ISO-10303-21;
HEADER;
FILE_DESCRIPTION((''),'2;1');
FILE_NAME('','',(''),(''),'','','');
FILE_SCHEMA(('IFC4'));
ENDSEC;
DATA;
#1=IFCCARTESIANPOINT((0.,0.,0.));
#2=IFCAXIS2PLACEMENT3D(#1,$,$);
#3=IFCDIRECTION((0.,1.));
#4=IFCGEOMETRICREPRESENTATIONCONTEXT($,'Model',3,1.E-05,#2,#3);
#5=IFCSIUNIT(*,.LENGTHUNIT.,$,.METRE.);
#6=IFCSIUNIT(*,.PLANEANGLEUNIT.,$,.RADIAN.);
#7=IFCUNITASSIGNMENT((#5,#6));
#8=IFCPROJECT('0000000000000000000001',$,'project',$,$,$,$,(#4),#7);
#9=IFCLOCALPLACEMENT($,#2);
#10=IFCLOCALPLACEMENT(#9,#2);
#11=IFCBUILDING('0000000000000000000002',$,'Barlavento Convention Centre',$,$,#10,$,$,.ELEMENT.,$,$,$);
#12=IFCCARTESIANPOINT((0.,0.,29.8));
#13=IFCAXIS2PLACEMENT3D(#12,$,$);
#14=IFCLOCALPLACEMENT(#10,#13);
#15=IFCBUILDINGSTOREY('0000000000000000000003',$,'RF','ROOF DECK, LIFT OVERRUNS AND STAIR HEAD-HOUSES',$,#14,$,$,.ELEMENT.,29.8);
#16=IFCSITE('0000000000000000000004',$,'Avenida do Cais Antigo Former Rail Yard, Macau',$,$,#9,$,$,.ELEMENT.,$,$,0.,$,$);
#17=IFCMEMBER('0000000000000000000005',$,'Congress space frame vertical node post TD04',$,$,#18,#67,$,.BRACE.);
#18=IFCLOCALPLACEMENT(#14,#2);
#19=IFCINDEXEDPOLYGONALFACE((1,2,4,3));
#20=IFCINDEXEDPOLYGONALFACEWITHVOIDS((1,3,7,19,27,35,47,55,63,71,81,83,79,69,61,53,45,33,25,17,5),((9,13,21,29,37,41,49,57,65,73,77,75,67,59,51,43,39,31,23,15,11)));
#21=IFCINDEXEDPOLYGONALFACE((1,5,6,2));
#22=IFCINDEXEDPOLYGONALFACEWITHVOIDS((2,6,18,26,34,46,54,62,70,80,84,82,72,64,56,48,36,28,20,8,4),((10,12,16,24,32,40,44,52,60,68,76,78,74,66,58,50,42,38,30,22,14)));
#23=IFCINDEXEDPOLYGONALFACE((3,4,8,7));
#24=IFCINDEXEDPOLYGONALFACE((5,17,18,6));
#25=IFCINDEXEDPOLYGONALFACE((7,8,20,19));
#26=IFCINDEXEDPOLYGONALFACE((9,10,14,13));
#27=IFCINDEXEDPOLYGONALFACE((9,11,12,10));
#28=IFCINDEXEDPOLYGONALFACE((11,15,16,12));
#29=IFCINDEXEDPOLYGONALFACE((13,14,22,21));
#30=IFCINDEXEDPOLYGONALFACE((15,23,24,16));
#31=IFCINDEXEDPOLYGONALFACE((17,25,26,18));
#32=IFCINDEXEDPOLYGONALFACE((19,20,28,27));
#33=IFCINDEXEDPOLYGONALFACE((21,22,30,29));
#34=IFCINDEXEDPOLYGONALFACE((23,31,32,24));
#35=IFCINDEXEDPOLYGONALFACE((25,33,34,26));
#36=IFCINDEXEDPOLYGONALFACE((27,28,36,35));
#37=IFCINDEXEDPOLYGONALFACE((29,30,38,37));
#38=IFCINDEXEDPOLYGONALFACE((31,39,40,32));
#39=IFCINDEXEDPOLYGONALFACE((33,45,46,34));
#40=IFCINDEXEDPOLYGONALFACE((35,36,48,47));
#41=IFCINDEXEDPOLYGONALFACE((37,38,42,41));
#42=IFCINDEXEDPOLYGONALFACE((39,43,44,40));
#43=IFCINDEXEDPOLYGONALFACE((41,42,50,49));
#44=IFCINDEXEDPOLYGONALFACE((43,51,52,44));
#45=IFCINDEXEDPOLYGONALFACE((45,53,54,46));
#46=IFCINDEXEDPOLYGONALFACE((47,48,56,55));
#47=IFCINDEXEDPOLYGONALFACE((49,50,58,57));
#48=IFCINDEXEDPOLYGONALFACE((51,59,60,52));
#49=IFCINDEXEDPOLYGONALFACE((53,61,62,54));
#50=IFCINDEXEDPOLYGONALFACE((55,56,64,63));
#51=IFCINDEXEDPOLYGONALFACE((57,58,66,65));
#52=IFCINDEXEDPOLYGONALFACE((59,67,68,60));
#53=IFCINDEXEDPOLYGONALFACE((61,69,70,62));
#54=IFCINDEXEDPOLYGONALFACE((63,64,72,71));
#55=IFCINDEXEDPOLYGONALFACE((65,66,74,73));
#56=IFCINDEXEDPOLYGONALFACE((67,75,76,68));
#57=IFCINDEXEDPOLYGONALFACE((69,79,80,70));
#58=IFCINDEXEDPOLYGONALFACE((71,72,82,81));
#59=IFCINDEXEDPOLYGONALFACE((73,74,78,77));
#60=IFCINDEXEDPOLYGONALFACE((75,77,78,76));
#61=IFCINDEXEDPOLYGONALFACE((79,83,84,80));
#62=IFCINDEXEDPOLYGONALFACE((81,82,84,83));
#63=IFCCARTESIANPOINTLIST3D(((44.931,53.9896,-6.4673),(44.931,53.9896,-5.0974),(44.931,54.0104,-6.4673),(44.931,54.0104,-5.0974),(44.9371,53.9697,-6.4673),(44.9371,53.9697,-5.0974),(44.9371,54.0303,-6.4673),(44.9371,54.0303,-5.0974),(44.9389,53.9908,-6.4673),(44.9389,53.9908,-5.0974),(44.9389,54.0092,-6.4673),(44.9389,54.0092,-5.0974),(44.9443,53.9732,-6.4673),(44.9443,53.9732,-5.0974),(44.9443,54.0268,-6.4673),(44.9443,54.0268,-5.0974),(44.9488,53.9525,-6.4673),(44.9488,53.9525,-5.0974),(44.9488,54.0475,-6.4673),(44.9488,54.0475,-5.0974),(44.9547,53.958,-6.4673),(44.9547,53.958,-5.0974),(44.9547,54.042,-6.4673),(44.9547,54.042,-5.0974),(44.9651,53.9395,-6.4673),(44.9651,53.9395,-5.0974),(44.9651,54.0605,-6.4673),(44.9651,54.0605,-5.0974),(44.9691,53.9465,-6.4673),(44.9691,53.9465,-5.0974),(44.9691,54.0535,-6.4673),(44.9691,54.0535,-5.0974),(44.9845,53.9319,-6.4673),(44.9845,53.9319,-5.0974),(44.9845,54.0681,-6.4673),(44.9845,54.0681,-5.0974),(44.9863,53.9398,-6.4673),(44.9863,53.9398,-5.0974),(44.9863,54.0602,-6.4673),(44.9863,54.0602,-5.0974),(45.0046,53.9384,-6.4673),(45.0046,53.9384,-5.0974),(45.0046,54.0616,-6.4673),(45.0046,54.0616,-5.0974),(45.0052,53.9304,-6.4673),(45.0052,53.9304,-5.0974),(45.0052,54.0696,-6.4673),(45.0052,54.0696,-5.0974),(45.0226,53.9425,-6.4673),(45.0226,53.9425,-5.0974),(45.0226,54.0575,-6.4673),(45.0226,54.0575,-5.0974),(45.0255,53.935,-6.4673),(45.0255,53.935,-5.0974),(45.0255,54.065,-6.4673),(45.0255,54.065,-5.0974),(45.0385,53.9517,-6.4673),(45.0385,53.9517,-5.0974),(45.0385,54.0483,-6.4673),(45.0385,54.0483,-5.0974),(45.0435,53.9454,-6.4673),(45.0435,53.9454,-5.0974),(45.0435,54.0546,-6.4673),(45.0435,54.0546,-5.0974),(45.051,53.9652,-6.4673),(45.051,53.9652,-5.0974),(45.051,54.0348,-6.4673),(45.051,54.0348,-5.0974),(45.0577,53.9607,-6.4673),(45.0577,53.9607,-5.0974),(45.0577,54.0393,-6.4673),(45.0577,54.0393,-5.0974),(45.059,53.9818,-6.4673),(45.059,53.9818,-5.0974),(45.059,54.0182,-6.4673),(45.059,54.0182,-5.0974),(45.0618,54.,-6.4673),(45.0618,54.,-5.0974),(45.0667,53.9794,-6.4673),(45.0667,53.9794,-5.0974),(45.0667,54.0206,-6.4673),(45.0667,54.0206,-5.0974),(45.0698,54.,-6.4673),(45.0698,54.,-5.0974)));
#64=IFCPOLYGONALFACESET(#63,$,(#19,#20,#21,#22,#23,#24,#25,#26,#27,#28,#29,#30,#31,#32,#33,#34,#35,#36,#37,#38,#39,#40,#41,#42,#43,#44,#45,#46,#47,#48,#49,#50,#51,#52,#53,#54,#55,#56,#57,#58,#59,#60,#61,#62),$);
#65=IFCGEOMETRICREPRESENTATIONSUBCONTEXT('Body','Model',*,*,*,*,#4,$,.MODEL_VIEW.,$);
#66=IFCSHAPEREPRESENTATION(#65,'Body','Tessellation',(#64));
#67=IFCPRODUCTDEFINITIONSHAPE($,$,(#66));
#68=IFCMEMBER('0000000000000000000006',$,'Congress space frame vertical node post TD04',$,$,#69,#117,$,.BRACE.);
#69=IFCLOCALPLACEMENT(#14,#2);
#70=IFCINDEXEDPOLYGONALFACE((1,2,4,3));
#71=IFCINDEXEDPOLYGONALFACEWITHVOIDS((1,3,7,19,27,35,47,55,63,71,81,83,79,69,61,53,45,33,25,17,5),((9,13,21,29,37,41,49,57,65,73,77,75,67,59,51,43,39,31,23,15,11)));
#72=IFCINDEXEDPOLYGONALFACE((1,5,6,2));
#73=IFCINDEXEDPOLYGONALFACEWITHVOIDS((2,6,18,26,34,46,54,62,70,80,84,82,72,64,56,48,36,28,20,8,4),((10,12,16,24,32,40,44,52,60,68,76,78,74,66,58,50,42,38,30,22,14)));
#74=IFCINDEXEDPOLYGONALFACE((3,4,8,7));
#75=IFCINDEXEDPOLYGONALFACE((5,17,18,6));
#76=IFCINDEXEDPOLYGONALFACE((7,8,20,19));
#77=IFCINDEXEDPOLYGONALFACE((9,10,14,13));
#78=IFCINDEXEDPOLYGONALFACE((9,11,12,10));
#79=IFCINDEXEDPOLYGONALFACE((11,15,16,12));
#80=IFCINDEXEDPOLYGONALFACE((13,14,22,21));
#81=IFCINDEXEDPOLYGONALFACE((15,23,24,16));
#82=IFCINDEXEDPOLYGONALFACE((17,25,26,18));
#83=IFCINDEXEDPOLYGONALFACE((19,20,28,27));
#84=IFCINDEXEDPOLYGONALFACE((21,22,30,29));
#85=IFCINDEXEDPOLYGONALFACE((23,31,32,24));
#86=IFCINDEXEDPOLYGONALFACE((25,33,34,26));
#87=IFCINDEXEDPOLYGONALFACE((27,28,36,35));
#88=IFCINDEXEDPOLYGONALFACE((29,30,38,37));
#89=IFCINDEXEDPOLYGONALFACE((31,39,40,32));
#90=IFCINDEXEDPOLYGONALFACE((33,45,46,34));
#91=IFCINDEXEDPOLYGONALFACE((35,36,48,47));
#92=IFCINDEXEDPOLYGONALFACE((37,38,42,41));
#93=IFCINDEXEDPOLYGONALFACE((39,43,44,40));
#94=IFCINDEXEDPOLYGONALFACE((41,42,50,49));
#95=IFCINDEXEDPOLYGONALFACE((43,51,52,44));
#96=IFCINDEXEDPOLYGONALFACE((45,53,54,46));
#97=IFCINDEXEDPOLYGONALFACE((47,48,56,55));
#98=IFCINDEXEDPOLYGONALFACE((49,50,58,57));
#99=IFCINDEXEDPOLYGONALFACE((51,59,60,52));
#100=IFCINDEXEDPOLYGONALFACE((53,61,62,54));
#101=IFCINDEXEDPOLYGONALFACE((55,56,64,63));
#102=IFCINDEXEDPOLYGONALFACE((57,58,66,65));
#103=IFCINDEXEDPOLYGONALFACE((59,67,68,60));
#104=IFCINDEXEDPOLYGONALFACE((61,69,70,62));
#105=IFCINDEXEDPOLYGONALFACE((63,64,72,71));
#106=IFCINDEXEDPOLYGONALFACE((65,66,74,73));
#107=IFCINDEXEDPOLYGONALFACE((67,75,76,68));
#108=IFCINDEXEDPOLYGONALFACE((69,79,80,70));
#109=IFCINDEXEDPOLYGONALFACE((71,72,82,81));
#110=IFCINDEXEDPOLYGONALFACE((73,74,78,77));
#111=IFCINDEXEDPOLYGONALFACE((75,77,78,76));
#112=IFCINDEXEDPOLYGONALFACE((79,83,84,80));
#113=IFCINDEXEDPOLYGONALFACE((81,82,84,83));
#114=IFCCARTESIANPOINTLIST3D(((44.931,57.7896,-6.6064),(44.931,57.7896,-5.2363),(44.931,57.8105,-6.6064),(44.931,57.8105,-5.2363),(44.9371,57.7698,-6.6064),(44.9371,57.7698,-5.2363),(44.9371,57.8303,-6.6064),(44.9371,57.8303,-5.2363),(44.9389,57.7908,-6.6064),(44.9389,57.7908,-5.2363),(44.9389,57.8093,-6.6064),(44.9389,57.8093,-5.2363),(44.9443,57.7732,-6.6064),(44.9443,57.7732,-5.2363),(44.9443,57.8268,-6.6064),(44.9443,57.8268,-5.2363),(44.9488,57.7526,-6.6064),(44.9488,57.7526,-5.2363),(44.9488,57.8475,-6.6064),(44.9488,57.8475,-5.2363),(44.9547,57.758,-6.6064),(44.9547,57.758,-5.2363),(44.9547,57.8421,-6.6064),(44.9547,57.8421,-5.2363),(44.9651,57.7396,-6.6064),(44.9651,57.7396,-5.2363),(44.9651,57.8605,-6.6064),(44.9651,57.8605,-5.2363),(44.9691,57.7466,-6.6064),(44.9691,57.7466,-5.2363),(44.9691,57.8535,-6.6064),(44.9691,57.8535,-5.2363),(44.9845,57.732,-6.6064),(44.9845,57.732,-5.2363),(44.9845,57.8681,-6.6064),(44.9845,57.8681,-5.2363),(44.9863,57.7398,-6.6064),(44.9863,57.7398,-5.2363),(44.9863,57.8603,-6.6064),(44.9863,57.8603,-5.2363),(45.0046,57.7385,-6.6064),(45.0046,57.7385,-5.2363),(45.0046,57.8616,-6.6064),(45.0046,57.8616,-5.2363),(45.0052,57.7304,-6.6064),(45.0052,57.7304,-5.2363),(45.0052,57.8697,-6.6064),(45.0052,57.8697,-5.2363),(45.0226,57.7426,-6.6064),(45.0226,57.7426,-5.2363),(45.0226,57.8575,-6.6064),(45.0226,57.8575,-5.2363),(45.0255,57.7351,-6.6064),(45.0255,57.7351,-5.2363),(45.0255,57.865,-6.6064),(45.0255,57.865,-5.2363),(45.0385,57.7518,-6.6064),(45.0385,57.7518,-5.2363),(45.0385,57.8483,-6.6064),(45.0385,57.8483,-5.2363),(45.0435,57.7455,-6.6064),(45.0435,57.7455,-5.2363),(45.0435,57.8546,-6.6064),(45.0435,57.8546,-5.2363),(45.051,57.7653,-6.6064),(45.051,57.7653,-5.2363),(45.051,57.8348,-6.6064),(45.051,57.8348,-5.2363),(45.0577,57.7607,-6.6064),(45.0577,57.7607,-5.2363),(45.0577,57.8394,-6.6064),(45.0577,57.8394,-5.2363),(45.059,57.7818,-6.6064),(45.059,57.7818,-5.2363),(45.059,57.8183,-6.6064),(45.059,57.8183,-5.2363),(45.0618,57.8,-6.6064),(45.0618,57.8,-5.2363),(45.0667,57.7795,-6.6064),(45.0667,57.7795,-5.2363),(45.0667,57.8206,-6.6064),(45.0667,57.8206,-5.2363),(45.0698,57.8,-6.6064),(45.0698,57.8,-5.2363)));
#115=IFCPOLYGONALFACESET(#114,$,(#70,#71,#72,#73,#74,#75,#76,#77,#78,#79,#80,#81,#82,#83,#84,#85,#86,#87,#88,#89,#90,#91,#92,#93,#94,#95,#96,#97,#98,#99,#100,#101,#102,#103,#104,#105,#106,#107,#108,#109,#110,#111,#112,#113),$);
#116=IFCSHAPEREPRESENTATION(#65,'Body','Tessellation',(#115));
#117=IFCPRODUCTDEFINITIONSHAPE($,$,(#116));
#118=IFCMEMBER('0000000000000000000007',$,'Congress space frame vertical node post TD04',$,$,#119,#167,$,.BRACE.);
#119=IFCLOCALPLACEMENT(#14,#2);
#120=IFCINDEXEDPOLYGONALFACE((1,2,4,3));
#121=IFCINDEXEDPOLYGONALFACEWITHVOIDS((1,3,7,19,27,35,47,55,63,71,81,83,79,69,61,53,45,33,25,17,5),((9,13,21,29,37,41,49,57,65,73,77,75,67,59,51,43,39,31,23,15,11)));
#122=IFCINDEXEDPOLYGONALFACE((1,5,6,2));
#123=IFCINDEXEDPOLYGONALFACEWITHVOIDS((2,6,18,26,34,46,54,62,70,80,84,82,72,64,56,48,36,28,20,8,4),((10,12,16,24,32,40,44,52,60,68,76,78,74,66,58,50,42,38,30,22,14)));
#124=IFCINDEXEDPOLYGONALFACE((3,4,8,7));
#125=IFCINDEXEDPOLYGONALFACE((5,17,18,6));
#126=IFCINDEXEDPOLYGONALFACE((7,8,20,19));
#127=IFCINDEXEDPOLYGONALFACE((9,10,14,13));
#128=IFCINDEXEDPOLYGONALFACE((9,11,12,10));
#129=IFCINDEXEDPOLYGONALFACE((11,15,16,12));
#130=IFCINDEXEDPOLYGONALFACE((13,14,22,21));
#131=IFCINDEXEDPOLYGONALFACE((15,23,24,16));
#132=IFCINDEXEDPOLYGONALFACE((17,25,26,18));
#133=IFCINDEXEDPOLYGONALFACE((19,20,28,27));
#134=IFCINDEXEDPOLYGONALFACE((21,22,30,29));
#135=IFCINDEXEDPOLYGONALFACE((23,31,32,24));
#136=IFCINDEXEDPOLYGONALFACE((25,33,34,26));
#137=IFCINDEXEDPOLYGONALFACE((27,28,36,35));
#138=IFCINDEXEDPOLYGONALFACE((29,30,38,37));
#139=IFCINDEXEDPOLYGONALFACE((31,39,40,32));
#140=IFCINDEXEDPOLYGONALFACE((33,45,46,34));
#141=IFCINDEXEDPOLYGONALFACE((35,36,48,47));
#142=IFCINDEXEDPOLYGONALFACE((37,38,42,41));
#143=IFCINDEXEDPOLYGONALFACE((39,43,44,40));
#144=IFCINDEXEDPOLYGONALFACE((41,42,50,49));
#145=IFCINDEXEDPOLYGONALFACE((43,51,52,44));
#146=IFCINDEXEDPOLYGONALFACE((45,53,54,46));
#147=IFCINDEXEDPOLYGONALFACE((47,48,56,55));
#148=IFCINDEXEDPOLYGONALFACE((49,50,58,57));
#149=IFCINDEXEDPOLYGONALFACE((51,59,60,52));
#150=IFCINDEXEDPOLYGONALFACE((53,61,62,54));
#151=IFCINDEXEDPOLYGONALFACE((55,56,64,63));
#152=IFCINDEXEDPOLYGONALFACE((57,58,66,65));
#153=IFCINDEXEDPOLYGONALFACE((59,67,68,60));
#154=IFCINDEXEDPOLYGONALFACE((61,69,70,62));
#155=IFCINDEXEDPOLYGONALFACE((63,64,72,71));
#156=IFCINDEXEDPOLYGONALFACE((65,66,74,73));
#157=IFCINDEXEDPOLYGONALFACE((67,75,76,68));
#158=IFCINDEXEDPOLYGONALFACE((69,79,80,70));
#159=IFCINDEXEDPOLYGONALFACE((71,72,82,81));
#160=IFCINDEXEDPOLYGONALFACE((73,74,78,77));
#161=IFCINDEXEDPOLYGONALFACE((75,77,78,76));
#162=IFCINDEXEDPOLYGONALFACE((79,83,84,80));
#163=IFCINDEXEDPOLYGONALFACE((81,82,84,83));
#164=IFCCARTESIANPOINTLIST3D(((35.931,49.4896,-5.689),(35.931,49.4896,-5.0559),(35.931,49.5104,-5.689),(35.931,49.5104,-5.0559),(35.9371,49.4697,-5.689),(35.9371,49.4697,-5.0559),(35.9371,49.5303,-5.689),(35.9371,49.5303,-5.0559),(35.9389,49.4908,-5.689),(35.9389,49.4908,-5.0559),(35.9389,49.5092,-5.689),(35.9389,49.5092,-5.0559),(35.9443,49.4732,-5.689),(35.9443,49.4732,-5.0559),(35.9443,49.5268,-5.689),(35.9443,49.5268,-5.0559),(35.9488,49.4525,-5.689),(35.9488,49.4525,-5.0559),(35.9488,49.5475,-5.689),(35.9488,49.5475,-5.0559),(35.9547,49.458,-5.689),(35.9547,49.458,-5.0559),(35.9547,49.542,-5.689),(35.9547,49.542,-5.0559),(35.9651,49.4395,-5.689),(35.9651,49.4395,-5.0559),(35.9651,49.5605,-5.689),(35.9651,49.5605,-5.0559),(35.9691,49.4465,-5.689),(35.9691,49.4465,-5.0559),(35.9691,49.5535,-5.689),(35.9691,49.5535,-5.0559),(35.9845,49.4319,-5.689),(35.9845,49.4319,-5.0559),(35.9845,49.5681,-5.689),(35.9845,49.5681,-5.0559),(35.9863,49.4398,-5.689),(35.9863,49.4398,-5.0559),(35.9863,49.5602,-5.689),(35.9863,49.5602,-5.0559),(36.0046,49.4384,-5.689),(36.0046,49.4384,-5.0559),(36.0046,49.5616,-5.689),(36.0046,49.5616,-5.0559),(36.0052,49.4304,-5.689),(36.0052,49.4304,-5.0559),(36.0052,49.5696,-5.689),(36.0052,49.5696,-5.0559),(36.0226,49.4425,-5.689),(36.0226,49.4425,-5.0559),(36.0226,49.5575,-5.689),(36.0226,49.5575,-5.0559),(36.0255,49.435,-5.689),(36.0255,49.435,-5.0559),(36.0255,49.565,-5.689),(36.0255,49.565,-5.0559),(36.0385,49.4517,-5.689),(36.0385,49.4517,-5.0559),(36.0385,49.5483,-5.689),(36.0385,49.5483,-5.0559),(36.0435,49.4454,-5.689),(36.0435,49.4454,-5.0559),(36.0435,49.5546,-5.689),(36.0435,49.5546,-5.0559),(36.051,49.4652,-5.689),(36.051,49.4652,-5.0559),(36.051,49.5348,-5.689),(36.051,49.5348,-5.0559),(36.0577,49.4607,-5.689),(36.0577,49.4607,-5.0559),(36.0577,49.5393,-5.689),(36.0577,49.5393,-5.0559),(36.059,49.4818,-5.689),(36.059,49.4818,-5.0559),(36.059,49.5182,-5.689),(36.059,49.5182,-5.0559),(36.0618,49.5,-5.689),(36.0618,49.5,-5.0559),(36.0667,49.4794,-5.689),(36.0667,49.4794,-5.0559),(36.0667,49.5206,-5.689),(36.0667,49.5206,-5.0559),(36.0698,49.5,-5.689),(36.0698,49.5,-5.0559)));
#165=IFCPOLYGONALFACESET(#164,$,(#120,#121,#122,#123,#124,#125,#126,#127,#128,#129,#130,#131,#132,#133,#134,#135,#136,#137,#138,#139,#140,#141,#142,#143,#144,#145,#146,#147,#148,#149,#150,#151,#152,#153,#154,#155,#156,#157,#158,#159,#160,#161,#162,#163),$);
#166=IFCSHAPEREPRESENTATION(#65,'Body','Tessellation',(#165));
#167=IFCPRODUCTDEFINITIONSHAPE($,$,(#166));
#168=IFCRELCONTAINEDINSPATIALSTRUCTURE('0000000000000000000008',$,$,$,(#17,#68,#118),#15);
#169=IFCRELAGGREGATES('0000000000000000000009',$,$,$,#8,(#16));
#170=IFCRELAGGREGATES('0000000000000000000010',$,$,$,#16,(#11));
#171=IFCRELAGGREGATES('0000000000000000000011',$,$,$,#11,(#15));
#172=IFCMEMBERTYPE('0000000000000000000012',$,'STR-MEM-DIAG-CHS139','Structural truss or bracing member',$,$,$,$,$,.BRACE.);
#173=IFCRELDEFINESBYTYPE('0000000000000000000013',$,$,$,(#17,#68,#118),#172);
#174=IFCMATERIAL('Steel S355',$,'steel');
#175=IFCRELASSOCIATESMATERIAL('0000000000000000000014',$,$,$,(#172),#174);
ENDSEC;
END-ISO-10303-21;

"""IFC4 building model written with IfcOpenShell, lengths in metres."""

from ifc_helpers import new_model, si_unit, direction, frame, origin, origin_2d, place, context, subcontext, project, spatial, hollow_circle, extrude, material, material_profile, profile_set, type_object, element, save


model = new_model("IFC4")

# Units and contexts
model_context = context("Model", 3, precision=1e-05, world=origin(), true_north=direction((0.0, 1.0)))
body_context = subcontext(model_context, "Body", "Model", "MODEL_VIEW")
ifc_project = project(units=[si_unit("LENGTHUNIT", "METRE"), si_unit("PLANEANGLEUNIT", "RADIAN")], contexts=[model_context])

# Site, building, storey
site_placement = place(None, origin())
site = spatial("IfcSite", under=ifc_project, at=site_placement, Name="Avenida do Cais Antigo Former Rail Yard, Macau", CompositionType="ELEMENT", RefElevation=0.0)
building_placement = place(site_placement, origin())
building = spatial("IfcBuilding", under=site, at=building_placement, Name="Barlavento Convention Centre", CompositionType="ELEMENT")
storey_placement = place(building_placement, frame((0.0, 0.0, 29.8)))
storey = spatial("IfcBuildingStorey", under=building, at=storey_placement, Name="RF", Description="ROOF DECK, LIFT OVERRUNS AND STAIR HEAD-HOUSES", CompositionType="ELEMENT", Elevation=29.8)

# Shared definitions
ifc_material_1 = material(Name="Steel S355", Category="steel")

# Members
ifc_material_profile_1 = material_profile(ifc_material_1, hollow_circle(Radius=0.0698, WallThickness=0.0081, at=origin_2d()), Name="CHS 139.7x8.0")
ifc_profile_set_1 = profile_set([ifc_material_profile_1], Name="Steel S355")
member_type_1 = type_object("IfcMemberType", Name="STR-MEM-DIAG-CHS139", Description="Structural truss or bracing member", PredefinedType="BRACE", material=ifc_profile_set_1)
member_1_placement = place(storey_placement, frame((45.0, 54.0, -6.4673), z_axis=(0.0, 0.0, 1.0), x_axis=(1.0, 0.0, 0.0)))
element("IfcMember", 1, at=member_1_placement, inside=storey, type_object=member_type_1, Name="Congress space frame vertical node post TD04", PredefinedType="BRACE", context=body_context, shape_type="SweptSolid", body=[
    extrude(hollow_circle(Radius=0.0698, WallThickness=0.0081, at=origin_2d()), origin(), (0.0, 0.0, 1.0), 1.3699),
])
member_2_placement = place(storey_placement, frame((45.0, 57.8, -6.6064), z_axis=(0.0, 0.0, 1.0), x_axis=(1.0, 0.0, 0.0)))
element("IfcMember", 2, at=member_2_placement, inside=storey, type_object=member_type_1, Name="Congress space frame vertical node post TD04", PredefinedType="BRACE", context=body_context, shape_type="SweptSolid", body=[
    extrude(hollow_circle(Radius=0.0698, WallThickness=0.0081, at=origin_2d()), origin(), (0.0, 0.0, 1.0), 1.3701),
])
member_3_placement = place(storey_placement, frame((36.0, 49.5, -5.689), z_axis=(0.0, 0.0, 1.0), x_axis=(1.0, 0.0, 0.0)))
element("IfcMember", 3, at=member_3_placement, inside=storey, type_object=member_type_1, Name="Congress space frame vertical node post TD04", PredefinedType="BRACE", context=body_context, shape_type="SweptSolid", body=[
    extrude(hollow_circle(Radius=0.0698, WallThickness=0.0081, at=origin_2d()), origin(), (0.0, 0.0, 1.0), 0.6331),
])

save(model, "model.ifc")
